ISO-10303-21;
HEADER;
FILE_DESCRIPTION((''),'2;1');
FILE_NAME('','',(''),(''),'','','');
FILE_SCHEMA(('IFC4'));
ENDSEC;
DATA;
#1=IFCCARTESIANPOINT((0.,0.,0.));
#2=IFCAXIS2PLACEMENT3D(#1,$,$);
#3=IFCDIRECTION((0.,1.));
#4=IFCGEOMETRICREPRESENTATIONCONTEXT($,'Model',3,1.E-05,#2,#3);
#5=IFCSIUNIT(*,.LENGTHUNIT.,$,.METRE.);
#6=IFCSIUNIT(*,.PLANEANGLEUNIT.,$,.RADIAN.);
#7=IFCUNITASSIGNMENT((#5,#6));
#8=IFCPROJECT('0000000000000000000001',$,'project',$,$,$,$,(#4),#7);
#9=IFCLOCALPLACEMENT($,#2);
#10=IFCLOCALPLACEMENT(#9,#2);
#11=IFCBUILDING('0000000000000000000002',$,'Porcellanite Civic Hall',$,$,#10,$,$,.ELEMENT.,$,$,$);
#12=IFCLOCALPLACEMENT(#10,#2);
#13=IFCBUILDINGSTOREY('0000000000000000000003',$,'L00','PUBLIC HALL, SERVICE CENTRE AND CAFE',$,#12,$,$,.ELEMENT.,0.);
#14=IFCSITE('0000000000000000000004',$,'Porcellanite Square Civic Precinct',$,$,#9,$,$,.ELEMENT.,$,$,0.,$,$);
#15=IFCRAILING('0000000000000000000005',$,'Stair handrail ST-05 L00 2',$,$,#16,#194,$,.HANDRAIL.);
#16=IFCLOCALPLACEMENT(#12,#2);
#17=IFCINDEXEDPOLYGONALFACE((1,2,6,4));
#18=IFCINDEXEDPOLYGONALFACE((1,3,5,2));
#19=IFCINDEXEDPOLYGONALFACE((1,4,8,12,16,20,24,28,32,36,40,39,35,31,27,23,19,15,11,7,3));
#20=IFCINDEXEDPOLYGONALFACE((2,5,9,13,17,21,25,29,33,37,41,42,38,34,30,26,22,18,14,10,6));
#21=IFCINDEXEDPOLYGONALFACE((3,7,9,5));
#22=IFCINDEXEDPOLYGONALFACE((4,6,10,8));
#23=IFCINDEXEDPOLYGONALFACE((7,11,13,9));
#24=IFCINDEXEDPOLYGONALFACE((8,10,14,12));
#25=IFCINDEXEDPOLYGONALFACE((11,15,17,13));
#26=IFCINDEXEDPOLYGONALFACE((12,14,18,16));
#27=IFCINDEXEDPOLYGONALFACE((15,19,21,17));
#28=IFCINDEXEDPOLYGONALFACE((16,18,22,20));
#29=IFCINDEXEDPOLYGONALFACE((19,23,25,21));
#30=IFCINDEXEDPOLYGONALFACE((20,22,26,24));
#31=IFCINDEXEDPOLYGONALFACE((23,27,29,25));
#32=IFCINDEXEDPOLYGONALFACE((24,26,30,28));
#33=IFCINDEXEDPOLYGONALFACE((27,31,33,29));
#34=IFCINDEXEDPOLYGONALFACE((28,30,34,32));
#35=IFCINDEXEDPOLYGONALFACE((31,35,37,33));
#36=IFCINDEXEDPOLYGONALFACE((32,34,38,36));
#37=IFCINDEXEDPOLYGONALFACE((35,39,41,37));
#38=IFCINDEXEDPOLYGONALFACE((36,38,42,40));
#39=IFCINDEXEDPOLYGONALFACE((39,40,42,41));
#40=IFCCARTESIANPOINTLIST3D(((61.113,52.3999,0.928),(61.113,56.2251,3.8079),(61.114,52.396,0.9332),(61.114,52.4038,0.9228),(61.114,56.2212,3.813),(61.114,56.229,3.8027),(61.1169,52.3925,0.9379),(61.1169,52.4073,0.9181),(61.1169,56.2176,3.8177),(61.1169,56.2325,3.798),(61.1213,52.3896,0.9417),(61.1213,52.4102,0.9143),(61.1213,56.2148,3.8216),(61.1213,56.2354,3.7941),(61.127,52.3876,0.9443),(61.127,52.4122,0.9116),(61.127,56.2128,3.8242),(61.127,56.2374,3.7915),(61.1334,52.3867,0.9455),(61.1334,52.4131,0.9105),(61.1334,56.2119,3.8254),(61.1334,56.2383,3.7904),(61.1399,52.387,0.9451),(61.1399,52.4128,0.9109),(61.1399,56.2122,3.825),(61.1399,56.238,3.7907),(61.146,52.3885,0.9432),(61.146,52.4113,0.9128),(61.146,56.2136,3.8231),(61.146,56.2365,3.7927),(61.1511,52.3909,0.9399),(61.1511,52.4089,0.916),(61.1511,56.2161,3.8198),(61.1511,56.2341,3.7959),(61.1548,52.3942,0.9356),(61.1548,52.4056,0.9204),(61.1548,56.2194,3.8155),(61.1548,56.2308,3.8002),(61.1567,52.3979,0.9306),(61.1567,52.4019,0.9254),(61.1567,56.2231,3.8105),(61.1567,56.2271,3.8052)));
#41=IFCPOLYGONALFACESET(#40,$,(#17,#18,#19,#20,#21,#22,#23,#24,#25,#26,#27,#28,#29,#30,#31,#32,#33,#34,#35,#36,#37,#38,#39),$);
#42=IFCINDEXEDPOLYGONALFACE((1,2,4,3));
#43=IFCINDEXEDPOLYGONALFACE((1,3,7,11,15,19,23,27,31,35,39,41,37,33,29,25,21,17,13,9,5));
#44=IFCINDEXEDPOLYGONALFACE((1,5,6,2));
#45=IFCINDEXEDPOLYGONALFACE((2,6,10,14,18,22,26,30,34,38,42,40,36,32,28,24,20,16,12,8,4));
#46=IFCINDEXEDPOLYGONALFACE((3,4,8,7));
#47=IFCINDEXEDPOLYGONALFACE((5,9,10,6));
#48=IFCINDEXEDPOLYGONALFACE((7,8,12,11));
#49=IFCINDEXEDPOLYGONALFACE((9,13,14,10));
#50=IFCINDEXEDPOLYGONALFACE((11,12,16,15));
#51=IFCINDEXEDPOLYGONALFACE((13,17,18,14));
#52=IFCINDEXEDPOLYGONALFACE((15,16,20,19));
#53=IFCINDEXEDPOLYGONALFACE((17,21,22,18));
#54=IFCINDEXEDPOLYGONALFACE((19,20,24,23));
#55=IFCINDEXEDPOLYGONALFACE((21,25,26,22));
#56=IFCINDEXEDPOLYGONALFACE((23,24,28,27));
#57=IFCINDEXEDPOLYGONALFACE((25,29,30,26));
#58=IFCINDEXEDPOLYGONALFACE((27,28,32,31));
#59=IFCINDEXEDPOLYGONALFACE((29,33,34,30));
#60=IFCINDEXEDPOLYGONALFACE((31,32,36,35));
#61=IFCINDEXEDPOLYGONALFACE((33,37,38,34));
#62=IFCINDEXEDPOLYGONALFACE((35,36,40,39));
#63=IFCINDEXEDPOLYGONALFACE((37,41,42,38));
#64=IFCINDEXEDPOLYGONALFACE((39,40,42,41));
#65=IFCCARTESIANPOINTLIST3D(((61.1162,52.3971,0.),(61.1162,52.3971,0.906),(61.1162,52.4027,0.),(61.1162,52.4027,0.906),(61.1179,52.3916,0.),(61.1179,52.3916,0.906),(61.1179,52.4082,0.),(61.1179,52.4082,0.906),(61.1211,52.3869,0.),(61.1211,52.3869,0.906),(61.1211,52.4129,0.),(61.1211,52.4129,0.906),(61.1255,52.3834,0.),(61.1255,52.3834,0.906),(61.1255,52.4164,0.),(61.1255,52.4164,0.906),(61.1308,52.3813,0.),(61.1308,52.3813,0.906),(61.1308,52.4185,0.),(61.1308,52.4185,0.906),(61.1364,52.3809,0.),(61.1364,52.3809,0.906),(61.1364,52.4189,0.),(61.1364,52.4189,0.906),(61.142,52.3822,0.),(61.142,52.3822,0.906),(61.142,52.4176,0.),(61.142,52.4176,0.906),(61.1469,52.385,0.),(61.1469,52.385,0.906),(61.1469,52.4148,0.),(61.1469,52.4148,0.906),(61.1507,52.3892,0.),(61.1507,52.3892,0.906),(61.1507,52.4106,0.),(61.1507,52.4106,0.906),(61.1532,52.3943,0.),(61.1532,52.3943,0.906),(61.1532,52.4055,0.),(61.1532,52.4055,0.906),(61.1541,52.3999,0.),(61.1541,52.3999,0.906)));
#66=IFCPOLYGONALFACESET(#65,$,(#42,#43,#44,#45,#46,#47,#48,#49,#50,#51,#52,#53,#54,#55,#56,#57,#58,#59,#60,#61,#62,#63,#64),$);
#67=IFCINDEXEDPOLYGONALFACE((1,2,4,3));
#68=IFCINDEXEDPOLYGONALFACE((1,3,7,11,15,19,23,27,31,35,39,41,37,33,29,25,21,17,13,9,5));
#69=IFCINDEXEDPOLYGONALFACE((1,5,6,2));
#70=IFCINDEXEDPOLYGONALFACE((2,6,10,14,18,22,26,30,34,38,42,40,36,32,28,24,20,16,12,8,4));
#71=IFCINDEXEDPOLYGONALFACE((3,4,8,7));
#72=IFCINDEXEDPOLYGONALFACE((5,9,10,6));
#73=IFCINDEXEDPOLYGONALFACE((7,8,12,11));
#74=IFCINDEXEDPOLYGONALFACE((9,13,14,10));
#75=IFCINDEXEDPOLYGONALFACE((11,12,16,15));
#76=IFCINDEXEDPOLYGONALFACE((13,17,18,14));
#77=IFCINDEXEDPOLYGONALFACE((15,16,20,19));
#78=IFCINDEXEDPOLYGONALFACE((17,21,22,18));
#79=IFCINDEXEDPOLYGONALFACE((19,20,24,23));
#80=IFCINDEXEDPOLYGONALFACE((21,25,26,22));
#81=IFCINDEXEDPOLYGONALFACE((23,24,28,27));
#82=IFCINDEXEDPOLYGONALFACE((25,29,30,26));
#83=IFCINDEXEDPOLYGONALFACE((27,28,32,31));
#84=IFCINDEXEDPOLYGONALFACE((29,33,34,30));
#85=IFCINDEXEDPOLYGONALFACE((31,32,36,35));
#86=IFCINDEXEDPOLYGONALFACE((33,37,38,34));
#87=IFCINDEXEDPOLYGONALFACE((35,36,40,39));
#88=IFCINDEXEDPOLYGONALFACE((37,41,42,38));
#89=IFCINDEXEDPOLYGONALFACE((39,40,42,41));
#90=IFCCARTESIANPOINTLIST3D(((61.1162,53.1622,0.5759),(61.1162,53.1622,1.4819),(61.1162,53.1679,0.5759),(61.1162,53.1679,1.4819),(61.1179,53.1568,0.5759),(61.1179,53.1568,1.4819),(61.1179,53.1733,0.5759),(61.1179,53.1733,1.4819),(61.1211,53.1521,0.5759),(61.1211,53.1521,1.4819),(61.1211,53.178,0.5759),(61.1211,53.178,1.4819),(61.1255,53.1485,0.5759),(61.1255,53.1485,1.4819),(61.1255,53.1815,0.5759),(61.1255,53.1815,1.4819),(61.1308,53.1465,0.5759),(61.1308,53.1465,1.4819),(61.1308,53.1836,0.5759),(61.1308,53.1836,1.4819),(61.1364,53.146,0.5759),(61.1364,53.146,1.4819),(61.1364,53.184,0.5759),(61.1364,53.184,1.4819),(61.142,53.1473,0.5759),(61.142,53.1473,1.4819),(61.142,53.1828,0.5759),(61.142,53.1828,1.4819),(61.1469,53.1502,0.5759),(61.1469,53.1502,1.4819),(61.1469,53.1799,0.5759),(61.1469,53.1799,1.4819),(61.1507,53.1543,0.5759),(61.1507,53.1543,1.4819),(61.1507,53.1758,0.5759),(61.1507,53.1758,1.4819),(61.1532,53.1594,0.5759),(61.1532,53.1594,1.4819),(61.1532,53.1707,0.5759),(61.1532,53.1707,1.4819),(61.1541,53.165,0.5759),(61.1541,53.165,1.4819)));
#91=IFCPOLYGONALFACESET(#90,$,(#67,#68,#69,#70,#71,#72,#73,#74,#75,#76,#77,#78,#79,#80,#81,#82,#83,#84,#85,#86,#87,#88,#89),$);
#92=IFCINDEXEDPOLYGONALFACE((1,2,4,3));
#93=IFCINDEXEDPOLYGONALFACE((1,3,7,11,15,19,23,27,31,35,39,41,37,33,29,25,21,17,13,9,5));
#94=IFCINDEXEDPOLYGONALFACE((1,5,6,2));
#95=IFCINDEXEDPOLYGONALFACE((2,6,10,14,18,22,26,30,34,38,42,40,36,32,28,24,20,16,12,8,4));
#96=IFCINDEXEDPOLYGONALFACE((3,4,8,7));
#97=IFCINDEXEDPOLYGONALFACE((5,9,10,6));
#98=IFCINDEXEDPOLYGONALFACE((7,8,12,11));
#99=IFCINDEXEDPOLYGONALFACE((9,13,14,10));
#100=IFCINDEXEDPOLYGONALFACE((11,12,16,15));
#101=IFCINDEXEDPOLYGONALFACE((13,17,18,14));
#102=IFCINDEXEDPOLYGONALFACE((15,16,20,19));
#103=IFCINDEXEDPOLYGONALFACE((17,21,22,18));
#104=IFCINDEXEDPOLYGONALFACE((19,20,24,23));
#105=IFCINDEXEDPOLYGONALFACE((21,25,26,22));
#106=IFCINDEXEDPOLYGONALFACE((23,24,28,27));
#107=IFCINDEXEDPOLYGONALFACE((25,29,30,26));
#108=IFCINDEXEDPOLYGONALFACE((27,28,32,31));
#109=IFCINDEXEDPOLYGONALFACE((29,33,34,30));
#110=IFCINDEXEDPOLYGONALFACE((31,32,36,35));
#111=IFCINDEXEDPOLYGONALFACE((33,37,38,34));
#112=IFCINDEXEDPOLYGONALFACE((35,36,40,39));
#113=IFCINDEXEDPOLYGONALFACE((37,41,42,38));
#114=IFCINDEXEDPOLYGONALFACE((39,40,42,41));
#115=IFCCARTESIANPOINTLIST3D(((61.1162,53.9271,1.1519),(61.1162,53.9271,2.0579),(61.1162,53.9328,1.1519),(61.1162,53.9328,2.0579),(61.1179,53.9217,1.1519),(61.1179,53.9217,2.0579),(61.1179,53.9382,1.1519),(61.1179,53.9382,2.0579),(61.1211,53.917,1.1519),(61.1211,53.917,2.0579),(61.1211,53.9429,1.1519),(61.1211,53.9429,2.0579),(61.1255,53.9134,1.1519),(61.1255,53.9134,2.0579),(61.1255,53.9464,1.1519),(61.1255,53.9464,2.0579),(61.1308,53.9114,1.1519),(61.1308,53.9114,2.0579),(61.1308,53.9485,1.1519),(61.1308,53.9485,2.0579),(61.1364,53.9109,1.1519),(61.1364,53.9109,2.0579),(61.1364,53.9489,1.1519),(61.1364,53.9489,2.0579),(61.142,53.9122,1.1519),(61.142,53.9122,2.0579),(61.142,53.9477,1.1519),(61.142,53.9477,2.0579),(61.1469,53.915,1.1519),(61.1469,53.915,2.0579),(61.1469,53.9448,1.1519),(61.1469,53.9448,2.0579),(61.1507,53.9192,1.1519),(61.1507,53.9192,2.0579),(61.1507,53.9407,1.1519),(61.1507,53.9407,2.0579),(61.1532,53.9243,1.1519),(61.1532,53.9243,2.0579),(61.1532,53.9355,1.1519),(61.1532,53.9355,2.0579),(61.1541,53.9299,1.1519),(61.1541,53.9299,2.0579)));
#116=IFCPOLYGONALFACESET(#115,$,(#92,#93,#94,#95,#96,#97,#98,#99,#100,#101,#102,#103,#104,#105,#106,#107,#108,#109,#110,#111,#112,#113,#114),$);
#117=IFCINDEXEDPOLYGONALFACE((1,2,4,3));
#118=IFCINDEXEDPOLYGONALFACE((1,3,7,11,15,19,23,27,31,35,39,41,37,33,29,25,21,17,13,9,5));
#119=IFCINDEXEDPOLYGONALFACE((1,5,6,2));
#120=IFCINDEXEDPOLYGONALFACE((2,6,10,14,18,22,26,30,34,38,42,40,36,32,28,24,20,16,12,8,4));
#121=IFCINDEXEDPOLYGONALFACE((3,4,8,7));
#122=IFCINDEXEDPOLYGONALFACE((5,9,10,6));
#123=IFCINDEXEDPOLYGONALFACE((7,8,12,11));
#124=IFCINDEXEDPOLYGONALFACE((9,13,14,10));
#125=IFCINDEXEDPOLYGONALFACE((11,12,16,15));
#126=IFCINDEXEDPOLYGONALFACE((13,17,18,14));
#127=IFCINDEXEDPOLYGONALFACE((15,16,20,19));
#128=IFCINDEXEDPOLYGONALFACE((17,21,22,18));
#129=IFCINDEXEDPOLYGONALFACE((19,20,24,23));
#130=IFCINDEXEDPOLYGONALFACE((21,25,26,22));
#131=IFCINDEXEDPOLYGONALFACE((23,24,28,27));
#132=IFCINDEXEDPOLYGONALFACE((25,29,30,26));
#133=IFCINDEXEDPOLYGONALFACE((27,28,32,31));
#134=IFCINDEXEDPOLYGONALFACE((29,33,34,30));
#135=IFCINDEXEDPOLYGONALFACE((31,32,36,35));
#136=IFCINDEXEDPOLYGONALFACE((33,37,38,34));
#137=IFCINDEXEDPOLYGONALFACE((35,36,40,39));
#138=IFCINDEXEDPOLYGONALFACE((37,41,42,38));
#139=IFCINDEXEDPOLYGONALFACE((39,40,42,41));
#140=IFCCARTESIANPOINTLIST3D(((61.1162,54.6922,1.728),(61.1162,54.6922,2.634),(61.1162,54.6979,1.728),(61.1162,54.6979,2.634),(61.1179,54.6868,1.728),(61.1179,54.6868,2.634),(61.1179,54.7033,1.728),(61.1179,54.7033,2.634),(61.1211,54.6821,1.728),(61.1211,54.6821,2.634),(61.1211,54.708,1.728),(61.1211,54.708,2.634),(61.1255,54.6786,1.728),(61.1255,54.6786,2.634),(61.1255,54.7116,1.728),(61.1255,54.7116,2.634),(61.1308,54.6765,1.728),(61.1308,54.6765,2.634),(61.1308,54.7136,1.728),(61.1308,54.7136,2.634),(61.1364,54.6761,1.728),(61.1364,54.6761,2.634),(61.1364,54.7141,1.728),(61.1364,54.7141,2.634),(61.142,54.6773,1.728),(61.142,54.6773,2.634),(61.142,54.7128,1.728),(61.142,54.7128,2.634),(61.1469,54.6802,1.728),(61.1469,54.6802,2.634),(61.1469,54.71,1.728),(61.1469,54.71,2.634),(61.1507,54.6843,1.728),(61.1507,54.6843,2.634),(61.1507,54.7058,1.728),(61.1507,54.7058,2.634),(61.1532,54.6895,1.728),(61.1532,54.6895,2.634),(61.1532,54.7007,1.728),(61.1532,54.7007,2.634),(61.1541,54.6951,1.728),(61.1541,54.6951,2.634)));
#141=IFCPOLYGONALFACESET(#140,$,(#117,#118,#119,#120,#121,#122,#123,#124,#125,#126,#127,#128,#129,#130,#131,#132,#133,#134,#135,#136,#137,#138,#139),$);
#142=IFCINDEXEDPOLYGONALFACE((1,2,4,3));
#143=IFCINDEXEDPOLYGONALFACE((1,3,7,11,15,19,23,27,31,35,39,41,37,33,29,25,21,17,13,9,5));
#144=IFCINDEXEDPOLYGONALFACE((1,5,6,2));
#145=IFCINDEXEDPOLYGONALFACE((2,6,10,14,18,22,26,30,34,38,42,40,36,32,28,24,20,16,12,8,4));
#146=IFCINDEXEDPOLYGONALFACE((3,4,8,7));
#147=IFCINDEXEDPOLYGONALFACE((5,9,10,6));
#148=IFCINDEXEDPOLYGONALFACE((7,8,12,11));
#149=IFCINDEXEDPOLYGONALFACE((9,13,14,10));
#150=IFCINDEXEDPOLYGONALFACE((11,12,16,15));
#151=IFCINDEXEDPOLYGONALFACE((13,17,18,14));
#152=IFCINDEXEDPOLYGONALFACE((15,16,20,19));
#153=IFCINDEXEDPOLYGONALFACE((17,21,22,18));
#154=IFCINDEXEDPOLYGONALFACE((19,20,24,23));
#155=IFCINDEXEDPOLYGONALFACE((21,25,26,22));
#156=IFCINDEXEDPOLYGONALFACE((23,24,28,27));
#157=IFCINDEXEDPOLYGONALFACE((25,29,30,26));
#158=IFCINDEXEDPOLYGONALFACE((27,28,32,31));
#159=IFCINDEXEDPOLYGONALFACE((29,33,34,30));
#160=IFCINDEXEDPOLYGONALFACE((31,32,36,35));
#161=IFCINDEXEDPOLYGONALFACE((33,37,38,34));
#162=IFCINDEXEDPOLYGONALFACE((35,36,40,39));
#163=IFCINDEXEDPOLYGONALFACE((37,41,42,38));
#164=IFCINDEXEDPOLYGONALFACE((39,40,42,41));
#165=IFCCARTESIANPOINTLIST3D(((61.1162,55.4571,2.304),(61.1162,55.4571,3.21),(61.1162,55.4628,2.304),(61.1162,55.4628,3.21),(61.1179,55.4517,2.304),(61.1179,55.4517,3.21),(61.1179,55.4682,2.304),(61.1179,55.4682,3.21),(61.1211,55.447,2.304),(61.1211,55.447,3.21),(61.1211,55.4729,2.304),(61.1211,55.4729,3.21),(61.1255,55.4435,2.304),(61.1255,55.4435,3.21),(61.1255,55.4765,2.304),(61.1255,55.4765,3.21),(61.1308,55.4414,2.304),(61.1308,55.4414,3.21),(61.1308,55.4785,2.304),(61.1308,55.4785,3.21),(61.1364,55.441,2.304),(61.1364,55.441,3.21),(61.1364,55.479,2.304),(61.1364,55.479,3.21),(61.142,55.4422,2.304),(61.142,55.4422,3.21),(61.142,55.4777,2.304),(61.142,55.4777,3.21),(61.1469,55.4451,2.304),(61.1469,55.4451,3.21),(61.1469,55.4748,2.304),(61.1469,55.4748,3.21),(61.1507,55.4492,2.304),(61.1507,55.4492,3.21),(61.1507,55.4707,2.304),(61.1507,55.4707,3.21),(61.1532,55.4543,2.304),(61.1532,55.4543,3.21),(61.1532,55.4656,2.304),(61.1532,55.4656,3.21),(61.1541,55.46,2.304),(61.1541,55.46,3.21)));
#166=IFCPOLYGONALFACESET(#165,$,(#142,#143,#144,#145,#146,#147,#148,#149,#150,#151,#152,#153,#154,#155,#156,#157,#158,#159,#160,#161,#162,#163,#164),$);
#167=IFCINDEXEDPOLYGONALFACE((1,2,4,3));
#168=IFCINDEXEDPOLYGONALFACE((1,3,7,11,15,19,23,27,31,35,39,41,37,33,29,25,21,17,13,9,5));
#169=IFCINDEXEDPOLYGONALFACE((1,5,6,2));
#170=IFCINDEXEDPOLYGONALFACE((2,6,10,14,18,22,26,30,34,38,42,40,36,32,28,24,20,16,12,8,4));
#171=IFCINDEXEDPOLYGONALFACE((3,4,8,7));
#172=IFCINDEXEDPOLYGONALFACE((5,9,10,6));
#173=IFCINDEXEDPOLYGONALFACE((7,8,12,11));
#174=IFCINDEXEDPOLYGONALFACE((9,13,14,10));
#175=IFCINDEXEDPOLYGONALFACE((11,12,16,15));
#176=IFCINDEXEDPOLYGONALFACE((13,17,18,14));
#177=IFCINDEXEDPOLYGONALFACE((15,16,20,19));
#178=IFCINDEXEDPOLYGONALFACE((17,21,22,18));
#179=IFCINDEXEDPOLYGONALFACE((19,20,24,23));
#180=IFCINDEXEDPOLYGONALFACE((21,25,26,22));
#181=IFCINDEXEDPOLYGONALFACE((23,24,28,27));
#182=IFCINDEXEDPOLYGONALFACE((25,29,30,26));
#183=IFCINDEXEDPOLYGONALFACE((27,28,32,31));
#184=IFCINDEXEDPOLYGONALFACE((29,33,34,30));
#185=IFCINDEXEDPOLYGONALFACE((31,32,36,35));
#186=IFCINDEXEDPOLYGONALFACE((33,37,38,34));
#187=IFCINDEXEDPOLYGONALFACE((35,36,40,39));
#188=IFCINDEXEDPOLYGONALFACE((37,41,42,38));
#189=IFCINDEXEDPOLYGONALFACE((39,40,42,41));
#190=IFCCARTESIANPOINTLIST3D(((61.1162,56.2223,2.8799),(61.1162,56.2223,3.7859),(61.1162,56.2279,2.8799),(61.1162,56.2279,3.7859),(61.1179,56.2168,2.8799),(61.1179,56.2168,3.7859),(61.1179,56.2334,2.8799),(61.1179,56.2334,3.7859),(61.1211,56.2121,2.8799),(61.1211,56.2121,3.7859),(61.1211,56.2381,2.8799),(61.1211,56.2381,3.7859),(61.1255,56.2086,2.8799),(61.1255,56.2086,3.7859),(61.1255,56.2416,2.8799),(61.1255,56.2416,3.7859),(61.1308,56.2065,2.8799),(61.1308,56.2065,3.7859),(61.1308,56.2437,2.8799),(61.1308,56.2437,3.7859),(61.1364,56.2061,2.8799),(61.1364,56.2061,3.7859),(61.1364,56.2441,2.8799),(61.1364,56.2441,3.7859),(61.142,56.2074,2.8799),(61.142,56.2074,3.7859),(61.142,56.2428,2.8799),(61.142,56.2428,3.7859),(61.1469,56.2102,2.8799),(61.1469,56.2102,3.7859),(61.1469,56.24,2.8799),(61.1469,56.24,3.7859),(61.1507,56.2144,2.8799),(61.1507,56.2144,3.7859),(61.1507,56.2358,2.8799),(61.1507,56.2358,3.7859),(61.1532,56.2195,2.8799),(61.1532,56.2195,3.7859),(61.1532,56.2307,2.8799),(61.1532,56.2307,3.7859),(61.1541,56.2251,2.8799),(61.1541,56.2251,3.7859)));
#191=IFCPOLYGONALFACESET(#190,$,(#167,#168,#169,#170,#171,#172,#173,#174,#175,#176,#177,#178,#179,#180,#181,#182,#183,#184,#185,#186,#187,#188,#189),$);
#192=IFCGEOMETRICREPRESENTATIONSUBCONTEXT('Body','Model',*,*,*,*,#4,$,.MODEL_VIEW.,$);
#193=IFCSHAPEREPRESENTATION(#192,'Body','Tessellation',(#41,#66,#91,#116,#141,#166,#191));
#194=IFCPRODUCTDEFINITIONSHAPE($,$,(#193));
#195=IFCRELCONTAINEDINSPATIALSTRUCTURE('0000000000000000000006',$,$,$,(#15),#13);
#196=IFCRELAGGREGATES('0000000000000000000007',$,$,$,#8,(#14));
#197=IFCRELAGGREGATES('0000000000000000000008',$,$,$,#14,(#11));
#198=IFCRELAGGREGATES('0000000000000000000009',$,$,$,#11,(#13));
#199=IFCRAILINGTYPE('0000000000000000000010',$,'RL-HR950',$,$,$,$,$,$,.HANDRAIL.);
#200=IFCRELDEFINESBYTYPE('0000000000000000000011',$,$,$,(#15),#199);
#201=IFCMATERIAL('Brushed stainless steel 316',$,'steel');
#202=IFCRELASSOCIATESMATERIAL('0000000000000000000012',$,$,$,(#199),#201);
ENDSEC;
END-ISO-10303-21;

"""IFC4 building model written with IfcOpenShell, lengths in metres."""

from ifc_helpers import new_model, si_unit, direction, frame, origin, origin_2d, place, context, subcontext, project, spatial, circle, extrude, material, type_object, element, save


model = new_model("IFC4")

# Units and contexts
model_context = context("Model", 3, precision=1e-05, world=origin(), true_north=direction((0.0, 1.0)))
body_context = subcontext(model_context, "Body", "Model", "MODEL_VIEW")
ifc_project = project(units=[si_unit("LENGTHUNIT", "METRE"), si_unit("PLANEANGLEUNIT", "RADIAN")], contexts=[model_context])

# Site, building, storey
site_placement = place(None, origin())
site = spatial("IfcSite", under=ifc_project, at=site_placement, Name="Porcellanite Square Civic Precinct", CompositionType="ELEMENT", RefElevation=0.0)
building_placement = place(site_placement, origin())
building = spatial("IfcBuilding", under=site, at=building_placement, Name="Porcellanite Civic Hall", CompositionType="ELEMENT")
storey_placement = place(building_placement, origin())
storey = spatial("IfcBuildingStorey", under=building, at=storey_placement, Name="L00", Description="PUBLIC HALL, SERVICE CENTRE AND CAFE", CompositionType="ELEMENT", Elevation=0.0)

# Railing
ifc_material_1 = material(Name="Brushed stainless steel 316", Category="steel")
railing_type_1 = type_object("IfcRailingType", Name="RL-HR950", PredefinedType="HANDRAIL", material=ifc_material_1)
railing_1_placement = place(storey_placement, frame((61.135, 52.3999, 0.0)))
element("IfcRailing", 1, at=railing_1_placement, inside=storey, type_object=railing_type_1, Name="Stair handrail ST-05 L00 2", PredefinedType="HANDRAIL", context=body_context, shape_type="SweptSolid", body=[
    extrude(circle(Radius=0.022, at=origin_2d()), frame((0.0, 0.0, 0.928), z_axis=(0.0, 0.798897, 0.601467), x_axis=(-1.0, 0.0, 0.0)), (0.0, 0.0, 1.0), 4.7881),
    extrude(circle(Radius=0.019, at=origin_2d()), origin(), (0.0, 0.0, 1.0), 0.906),
    extrude(circle(Radius=0.019, at=origin_2d()), frame((0.0, 0.7651, 0.5759)), (0.0, 0.0, 1.0), 0.906),
    extrude(circle(Radius=0.019, at=origin_2d()), frame((0.0, 1.53, 1.1519)), (0.0, 0.0, 1.0), 0.906),
    extrude(circle(Radius=0.019, at=origin_2d()), frame((0.0, 2.2952, 1.728)), (0.0, 0.0, 1.0), 0.906),
    extrude(circle(Radius=0.019, at=origin_2d()), frame((0.0, 3.0601, 2.304)), (0.0, 0.0, 1.0), 0.906),
    extrude(circle(Radius=0.019, at=origin_2d()), frame((0.0, 3.8252, 2.8799)), (0.0, 0.0, 1.0), 0.906),
])

save(model, "model.ifc")
